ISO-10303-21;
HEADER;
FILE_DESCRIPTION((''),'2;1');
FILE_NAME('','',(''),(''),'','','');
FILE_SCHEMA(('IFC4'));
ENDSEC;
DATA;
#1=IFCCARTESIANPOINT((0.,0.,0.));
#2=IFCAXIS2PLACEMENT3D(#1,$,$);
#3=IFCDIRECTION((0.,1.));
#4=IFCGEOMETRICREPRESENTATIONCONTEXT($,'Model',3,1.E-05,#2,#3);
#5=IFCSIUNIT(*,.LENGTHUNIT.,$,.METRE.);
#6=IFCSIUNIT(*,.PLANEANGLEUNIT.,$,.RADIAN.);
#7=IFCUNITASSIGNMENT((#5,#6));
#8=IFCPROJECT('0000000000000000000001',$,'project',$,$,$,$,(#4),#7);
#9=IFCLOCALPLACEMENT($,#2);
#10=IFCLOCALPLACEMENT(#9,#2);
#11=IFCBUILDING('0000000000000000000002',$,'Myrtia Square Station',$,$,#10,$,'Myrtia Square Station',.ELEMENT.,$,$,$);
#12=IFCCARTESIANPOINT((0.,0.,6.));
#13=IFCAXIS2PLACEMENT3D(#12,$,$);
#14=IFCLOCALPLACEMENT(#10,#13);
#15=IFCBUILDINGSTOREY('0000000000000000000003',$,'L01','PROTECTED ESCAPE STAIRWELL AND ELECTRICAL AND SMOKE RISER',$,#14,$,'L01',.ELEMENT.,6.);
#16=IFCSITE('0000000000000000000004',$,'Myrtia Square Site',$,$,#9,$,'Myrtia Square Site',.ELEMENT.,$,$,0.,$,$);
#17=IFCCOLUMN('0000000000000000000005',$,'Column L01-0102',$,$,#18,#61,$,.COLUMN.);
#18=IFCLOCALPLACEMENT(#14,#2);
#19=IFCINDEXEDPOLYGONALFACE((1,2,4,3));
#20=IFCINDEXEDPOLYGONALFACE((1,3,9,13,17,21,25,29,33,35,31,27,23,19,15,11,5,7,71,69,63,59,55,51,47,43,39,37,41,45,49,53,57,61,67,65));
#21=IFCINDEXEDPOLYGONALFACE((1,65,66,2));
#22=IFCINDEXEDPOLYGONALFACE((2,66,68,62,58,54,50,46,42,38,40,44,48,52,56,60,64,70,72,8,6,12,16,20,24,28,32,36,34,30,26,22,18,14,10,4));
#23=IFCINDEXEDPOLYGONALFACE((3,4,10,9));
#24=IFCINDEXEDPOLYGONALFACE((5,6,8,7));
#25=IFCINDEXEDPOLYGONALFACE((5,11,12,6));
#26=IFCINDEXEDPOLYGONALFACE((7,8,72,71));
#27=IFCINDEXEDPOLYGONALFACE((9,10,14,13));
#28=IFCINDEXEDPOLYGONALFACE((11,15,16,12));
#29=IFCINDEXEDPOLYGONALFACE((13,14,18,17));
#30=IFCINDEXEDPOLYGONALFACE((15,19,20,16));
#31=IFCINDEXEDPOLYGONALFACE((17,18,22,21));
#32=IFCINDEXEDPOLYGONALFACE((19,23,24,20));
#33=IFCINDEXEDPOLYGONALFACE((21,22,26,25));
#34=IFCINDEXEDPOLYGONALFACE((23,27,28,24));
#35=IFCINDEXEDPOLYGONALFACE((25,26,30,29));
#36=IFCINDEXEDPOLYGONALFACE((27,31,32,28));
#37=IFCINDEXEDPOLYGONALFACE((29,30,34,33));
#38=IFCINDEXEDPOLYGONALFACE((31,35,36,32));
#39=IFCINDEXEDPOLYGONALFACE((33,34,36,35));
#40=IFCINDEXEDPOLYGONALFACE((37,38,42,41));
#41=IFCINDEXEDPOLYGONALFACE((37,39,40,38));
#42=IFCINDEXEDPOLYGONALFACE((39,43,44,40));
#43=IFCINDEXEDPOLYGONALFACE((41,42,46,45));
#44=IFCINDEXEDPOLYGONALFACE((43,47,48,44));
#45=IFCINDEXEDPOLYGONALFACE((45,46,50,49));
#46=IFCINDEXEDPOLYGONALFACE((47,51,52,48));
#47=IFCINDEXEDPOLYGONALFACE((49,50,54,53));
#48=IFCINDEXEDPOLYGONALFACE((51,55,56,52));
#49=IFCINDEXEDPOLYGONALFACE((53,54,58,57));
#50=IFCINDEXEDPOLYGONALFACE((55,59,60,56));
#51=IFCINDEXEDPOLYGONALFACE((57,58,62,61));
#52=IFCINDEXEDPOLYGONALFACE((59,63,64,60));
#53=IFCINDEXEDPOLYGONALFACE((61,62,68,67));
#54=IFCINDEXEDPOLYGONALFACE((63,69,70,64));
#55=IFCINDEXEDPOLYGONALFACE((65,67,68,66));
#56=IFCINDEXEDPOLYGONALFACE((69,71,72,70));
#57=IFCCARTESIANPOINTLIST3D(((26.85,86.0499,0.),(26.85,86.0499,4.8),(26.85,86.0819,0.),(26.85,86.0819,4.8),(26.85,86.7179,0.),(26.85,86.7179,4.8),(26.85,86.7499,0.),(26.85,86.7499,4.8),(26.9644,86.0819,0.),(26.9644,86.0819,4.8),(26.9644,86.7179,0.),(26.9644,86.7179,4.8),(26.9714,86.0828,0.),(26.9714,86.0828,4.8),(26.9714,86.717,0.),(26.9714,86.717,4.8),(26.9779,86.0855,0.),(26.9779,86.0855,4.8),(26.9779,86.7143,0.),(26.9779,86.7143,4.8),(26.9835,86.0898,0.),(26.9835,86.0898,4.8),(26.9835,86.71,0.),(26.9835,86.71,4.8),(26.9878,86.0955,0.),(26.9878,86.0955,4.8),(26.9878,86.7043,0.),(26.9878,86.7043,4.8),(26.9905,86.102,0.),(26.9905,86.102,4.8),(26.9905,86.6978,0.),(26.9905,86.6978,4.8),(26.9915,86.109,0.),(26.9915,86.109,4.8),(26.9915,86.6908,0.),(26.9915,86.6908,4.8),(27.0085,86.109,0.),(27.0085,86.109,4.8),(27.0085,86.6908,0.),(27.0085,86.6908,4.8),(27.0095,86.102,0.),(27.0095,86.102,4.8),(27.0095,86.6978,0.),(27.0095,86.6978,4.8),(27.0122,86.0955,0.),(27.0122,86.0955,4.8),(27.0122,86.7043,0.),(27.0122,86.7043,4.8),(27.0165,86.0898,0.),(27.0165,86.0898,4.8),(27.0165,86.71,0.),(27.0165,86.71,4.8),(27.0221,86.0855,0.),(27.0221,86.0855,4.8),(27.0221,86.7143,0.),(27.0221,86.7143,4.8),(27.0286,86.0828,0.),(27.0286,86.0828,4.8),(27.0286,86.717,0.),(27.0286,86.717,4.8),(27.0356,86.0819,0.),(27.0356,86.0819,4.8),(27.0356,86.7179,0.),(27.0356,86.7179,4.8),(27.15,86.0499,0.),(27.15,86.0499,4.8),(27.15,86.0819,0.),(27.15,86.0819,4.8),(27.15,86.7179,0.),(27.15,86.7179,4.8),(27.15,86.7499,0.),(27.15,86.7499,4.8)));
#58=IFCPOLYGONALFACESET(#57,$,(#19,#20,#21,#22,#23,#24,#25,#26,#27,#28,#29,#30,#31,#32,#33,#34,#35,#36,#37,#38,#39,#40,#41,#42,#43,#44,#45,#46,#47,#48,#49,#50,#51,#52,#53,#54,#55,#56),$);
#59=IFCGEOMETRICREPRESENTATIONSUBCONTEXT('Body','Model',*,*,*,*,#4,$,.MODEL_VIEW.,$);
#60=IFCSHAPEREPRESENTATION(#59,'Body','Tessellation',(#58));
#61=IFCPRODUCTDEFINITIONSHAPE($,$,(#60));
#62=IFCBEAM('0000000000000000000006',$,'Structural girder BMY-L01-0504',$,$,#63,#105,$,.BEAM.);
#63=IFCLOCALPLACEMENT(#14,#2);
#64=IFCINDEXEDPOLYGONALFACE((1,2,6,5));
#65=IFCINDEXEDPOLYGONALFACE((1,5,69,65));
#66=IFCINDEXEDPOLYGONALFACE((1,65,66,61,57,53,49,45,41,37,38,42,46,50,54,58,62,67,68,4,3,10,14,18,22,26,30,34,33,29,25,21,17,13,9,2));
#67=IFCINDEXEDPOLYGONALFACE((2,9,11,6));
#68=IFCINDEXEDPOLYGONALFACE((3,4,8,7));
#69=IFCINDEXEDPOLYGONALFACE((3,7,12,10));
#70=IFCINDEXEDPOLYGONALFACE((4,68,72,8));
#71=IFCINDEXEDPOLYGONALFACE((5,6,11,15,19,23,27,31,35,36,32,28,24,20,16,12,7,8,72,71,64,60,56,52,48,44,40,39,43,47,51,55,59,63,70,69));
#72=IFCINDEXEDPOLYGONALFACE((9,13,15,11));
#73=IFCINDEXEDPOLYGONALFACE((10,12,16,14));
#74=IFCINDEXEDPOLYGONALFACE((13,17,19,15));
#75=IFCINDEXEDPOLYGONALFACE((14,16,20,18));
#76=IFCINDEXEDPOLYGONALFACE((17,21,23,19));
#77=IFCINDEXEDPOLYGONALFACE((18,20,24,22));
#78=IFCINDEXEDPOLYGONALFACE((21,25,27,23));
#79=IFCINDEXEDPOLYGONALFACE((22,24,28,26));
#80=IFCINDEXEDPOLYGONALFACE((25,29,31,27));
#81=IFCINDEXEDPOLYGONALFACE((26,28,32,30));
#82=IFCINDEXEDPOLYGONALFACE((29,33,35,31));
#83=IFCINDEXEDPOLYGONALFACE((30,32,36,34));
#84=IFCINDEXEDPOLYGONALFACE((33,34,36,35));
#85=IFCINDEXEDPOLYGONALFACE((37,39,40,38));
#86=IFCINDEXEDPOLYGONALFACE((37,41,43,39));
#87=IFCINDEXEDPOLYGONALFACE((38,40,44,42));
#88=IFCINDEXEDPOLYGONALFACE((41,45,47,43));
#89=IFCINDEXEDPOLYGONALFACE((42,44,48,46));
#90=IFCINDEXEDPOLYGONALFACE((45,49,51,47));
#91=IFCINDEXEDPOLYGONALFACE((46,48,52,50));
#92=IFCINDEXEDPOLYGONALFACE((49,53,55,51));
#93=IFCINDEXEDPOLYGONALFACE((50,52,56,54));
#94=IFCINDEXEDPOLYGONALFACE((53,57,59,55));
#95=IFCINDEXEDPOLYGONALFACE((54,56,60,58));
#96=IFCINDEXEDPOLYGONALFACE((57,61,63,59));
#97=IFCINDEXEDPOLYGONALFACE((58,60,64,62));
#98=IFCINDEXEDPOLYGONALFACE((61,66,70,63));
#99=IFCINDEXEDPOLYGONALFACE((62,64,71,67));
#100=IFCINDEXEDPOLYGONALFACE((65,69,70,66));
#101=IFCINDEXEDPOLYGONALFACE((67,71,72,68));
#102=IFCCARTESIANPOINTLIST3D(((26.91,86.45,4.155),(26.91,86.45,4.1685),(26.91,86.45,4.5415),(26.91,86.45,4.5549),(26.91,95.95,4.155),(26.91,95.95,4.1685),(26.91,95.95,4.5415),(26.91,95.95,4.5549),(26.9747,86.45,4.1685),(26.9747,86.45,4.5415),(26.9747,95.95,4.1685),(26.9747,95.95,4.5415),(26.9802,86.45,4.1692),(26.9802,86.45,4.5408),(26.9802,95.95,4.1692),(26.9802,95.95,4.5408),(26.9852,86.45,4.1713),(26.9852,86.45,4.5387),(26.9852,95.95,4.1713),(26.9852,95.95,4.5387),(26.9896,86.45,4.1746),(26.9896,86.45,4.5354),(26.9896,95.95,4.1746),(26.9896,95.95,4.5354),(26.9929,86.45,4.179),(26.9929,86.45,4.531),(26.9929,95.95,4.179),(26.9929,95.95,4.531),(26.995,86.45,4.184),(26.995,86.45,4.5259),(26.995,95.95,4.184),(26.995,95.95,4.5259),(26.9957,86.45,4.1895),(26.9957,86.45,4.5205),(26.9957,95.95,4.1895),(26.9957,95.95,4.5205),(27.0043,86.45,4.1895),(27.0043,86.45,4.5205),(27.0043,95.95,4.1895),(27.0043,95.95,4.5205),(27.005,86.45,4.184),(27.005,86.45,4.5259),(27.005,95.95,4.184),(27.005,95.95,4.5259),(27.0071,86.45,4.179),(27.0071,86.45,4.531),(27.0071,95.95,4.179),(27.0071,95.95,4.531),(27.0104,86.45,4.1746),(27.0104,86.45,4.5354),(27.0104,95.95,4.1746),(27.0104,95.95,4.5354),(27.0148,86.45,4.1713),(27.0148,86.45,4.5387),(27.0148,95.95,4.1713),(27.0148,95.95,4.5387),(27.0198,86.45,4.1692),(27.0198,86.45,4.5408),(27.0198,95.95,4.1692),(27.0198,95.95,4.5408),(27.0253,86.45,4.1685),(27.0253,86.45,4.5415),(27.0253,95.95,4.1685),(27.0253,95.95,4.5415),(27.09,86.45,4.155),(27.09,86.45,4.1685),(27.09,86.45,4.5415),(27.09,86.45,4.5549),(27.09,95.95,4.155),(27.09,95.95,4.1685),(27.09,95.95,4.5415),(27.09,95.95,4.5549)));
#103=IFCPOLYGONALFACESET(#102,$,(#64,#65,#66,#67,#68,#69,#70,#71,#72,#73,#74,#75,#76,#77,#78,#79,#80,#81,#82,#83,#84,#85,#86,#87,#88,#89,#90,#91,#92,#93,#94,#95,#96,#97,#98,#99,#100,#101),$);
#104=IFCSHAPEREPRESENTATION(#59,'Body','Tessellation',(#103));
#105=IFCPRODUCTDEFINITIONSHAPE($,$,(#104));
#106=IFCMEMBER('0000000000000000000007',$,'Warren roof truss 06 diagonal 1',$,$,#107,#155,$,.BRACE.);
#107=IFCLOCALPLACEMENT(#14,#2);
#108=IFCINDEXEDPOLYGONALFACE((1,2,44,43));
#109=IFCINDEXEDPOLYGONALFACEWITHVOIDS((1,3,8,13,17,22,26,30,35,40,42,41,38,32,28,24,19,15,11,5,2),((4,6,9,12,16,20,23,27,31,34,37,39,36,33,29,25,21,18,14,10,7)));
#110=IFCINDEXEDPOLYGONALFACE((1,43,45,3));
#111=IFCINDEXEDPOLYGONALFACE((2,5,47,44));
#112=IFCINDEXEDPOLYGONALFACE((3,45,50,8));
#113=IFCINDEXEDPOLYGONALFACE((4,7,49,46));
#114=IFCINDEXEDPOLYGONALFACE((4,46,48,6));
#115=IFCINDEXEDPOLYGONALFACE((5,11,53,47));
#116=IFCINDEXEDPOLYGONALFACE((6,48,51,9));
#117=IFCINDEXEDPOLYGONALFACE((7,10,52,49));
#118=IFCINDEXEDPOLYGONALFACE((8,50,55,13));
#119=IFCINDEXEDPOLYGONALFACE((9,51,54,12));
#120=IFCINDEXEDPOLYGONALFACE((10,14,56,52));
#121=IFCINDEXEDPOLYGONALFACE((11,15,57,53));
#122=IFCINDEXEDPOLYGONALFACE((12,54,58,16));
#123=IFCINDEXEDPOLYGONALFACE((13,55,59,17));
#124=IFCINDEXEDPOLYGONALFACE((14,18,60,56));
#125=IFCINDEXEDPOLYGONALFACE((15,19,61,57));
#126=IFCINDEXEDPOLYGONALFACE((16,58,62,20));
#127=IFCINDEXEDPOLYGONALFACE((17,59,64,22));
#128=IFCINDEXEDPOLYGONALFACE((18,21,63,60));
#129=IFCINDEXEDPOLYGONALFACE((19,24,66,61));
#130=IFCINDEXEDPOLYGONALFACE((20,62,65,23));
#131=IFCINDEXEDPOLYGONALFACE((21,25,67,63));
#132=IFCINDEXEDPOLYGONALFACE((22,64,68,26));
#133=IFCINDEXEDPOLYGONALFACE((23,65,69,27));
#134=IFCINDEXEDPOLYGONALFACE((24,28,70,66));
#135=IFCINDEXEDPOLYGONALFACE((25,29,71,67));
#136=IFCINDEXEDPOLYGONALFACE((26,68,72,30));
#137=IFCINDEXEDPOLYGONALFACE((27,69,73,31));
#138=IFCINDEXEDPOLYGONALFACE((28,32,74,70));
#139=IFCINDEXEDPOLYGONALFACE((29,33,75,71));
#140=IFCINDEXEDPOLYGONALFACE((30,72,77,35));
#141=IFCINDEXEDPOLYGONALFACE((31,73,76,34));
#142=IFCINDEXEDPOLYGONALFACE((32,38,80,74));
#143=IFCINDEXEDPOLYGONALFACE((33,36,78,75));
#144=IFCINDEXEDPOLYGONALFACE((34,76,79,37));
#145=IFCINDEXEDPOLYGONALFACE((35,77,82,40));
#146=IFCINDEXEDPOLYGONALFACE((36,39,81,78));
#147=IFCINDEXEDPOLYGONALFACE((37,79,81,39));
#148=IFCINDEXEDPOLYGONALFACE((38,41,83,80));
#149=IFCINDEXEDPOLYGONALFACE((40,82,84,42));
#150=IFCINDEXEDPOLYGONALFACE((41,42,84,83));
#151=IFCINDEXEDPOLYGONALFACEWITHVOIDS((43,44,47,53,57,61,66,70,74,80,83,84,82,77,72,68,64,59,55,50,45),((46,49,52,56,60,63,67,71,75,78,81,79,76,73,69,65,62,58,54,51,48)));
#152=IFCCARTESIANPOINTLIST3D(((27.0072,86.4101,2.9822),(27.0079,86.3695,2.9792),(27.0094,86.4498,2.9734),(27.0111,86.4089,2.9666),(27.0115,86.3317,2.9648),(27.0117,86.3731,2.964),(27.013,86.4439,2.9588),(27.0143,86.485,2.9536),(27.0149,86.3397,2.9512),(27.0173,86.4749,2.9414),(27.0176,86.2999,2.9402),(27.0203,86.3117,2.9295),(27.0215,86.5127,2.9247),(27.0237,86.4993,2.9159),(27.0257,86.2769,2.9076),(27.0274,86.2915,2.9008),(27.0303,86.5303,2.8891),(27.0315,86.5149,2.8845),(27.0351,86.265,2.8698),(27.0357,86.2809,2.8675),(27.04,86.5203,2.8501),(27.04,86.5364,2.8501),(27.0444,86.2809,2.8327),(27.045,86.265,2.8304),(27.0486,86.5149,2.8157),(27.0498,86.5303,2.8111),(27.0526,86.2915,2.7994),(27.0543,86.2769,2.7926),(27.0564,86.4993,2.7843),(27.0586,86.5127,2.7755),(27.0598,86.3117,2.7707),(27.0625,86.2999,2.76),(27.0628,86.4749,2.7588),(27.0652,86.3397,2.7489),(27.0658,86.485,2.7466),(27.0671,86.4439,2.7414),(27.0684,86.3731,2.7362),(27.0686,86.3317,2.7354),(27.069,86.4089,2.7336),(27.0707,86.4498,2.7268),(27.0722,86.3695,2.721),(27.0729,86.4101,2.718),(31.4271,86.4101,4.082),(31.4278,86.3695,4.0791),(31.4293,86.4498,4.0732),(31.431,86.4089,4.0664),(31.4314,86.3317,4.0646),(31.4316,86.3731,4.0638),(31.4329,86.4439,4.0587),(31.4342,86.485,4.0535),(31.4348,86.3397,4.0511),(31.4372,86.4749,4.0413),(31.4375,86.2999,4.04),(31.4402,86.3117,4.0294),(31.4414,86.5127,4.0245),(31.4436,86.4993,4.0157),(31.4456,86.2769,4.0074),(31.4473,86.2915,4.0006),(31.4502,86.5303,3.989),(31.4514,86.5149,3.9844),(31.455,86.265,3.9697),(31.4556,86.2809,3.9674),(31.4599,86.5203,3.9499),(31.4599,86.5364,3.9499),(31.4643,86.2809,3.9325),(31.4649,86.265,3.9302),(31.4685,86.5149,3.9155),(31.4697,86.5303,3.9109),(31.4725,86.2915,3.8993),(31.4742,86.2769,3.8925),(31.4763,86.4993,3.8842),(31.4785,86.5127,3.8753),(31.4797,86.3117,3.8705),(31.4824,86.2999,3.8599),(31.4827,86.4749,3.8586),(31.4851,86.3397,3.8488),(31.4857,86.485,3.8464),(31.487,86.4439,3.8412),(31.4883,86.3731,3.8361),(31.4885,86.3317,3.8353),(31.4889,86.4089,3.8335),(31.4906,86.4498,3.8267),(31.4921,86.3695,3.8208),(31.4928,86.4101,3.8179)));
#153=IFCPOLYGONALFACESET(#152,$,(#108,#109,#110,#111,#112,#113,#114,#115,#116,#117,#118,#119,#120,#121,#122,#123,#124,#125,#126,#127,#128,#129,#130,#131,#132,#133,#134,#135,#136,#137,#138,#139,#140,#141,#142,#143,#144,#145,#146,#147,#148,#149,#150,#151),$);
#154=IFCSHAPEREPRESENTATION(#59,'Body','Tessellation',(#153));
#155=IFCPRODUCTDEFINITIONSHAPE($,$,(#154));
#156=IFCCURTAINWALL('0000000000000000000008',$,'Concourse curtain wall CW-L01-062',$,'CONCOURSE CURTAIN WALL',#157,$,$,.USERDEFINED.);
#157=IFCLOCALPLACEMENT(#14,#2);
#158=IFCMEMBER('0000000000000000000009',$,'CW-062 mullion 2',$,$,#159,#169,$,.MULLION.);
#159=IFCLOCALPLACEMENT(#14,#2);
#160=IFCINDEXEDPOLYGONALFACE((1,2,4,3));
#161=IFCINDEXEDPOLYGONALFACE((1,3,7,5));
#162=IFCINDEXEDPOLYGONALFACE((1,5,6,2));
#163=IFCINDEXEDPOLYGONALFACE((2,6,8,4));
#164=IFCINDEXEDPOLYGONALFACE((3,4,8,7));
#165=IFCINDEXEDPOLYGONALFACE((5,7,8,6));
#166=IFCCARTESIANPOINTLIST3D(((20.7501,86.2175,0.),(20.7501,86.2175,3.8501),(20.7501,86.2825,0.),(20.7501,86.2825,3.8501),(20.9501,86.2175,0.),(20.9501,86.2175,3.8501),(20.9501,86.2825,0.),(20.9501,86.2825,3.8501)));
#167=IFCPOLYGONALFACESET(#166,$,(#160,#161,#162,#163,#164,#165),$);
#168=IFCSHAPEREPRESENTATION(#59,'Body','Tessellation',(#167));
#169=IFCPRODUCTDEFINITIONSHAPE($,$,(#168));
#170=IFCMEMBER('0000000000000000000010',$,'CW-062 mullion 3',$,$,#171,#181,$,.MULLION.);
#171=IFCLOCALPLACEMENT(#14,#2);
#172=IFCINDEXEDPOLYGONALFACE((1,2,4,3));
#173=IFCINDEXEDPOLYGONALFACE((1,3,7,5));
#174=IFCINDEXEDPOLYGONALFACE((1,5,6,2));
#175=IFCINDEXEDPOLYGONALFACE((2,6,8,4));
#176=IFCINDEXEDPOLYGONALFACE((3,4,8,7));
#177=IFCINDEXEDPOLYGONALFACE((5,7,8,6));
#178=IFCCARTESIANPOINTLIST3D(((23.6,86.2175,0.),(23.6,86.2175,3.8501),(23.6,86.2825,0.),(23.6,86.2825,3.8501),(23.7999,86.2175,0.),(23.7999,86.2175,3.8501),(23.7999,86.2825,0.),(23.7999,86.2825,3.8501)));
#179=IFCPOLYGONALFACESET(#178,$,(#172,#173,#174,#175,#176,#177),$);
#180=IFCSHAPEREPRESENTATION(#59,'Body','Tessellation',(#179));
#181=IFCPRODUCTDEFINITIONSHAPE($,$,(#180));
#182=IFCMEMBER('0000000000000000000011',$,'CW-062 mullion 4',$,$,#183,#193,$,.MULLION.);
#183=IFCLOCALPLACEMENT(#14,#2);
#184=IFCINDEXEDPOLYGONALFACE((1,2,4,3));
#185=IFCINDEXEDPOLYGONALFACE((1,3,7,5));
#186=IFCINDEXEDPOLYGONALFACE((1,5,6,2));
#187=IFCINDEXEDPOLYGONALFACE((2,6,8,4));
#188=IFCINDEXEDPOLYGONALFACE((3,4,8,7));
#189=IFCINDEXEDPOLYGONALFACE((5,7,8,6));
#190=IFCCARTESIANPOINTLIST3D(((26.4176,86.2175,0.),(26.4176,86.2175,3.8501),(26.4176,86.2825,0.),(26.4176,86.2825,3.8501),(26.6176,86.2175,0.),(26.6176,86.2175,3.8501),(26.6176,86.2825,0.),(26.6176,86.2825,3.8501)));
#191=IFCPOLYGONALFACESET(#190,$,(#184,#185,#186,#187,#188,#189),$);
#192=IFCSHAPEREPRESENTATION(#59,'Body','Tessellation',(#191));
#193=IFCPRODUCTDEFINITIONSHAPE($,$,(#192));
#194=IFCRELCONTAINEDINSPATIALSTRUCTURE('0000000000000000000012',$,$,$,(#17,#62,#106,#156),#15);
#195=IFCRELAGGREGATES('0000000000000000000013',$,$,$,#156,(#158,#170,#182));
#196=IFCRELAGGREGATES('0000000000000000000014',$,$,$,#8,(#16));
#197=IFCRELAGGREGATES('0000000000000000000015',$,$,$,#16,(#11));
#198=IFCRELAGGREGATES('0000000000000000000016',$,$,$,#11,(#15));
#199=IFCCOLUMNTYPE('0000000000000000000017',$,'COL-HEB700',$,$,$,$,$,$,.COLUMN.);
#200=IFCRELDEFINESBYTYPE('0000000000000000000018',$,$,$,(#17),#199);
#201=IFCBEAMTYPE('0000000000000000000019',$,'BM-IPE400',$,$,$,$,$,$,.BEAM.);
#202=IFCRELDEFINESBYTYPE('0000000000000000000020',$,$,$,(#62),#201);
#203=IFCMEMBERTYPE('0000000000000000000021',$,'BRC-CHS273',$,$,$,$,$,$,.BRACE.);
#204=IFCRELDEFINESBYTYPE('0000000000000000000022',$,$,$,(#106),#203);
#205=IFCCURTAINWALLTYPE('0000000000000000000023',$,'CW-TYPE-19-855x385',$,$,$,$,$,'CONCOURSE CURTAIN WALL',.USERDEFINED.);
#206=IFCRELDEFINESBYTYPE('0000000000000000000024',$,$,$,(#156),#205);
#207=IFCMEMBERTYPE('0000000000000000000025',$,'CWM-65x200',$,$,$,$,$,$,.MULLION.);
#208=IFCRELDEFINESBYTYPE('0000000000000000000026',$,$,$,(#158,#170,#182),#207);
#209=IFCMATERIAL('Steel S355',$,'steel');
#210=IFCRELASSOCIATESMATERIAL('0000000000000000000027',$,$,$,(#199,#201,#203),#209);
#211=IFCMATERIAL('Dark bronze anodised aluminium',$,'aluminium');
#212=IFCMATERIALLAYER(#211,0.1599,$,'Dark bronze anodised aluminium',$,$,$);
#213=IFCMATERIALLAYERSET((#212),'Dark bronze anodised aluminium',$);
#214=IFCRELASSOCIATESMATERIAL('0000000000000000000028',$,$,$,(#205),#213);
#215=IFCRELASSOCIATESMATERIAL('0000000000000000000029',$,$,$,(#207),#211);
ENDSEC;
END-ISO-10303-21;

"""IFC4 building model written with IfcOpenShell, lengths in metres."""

from ifc_helpers import new_model, si_unit, direction, frame, origin, origin_2d, place, context, subcontext, project, spatial, rectangle, hollow_circle, i_section, extrude, material, layer, layer_set, material_profile, profile_set, type_object, element, aggregate, save


model = new_model("IFC4")

# Units and contexts
model_context = context("Model", 3, precision=1e-05, world=origin(), true_north=direction((0.0, 1.0)))
body_context = subcontext(model_context, "Body", "Model", "MODEL_VIEW")
ifc_project = project(units=[si_unit("LENGTHUNIT", "METRE"), si_unit("PLANEANGLEUNIT", "RADIAN")], contexts=[model_context])

# Site, building, storey
site_placement = place(None, origin())
site = spatial("IfcSite", under=ifc_project, at=site_placement, Name="Myrtia Square Site", LongName="Myrtia Square Site", CompositionType="ELEMENT", RefElevation=0.0)
building_placement = place(site_placement, origin())
building = spatial("IfcBuilding", under=site, at=building_placement, Name="Myrtia Square Station", LongName="Myrtia Square Station", CompositionType="ELEMENT")
storey_placement = place(building_placement, frame((0.0, 0.0, 6.0)))
storey = spatial("IfcBuildingStorey", under=building, at=storey_placement, Name="L01", Description="PROTECTED ESCAPE STAIRWELL AND ELECTRICAL AND SMOKE RISER", LongName="L01", CompositionType="ELEMENT", Elevation=6.0)

# Column
ifc_material_1 = material(Name="Steel S355", Category="steel")
ifc_material_profile_1 = material_profile(ifc_material_1, i_section(OverallWidth=0.3, OverallDepth=0.7, WebThickness=0.0171, FlangeThickness=0.032, FilletRadius=0.0271, at=origin_2d()), Name="HEB 700")
ifc_profile_set_1 = profile_set([ifc_material_profile_1], Name="Steel S355")
column_type = type_object("IfcColumnType", Name="COL-HEB700", PredefinedType="COLUMN", material=ifc_profile_set_1)
column_placement = place(storey_placement, frame((27.0, 86.3999, 0.0), z_axis=(0.0, 0.0, 1.0), x_axis=(1.0, 0.0, 0.0)))
element("IfcColumn", 1, at=column_placement, inside=storey, type_object=column_type, Name="Column L01-0102", PredefinedType="COLUMN", context=body_context, shape_type="SweptSolid", body=[
    extrude(i_section(OverallWidth=0.3, OverallDepth=0.7, WebThickness=0.0171, FlangeThickness=0.032, FilletRadius=0.0271, at=origin_2d()), origin(), (0.0, 0.0, 1.0), 4.8),
])

# Beam
ifc_material_profile_2 = material_profile(ifc_material_1, i_section(OverallWidth=0.1799, OverallDepth=0.3999, WebThickness=0.0085, FlangeThickness=0.0134, FilletRadius=0.021, at=origin_2d()), Name="IPE 400")
ifc_profile_set_2 = profile_set([ifc_material_profile_2], Name="Steel S355")
beam_type_1 = type_object("IfcBeamType", Name="BM-IPE400", PredefinedType="BEAM", material=ifc_profile_set_2)
beam_1_placement = place(storey_placement, frame((27.0, 86.45, 4.355), z_axis=(0.0, 1.0, 0.0), x_axis=(-1.0, 0.0, 0.0)))
element("IfcBeam", 2, at=beam_1_placement, inside=storey, type_object=beam_type_1, Name="Structural girder BMY-L01-0504", PredefinedType="BEAM", context=body_context, shape_type="SweptSolid", body=[
    extrude(i_section(OverallWidth=0.1799, OverallDepth=0.3999, WebThickness=0.0085, FlangeThickness=0.0134, FilletRadius=0.021, at=origin_2d()), origin(), (0.0, 0.0, 1.0), 9.5),
])

# Member
ifc_material_profile_3 = material_profile(ifc_material_1, hollow_circle(Radius=0.1365, WallThickness=0.0161, at=origin_2d()), Name="CHS 273x16")
ifc_profile_set_3 = profile_set([ifc_material_profile_3], Name="Steel S355")
member_type_1 = type_object("IfcMemberType", Name="BRC-CHS273", PredefinedType="BRACE", material=ifc_profile_set_3)
member_1_placement = place(storey_placement, frame((27.04, 86.3999, 2.8501), z_axis=(0.970407, 0.0, 0.241476), x_axis=(0.0, 1.0, 0.0)))
element("IfcMember", 3, at=member_1_placement, inside=storey, type_object=member_type_1, Name="Warren roof truss 06 diagonal 1", PredefinedType="BRACE", context=body_context, shape_type="SweptSolid", body=[
    extrude(hollow_circle(Radius=0.1365, WallThickness=0.0161, at=origin_2d()), origin(), (0.0, 0.0, 1.0), 4.5547),
])

# Curtain wall, members
ifc_material_2 = material(Name="Dark bronze anodised aluminium", Category="aluminium")
ifc_layer_1 = layer(ifc_material_2, 0.1599, Name="Dark bronze anodised aluminium")
ifc_layer_set_1 = layer_set([ifc_layer_1], Name="Dark bronze anodised aluminium")
curtain_wall_type = type_object("IfcCurtainWallType", Name="CW-TYPE-19-855x385", ElementType="CONCOURSE CURTAIN WALL", PredefinedType="USERDEFINED", material=ifc_layer_set_1)
curtain_wall_placement = place(storey_placement, origin())
curtain_wall = element("IfcCurtainWall", 4, at=curtain_wall_placement, inside=storey, type_object=curtain_wall_type, Name="Concourse curtain wall CW-L01-062", ObjectType="CONCOURSE CURTAIN WALL", PredefinedType="USERDEFINED")
ifc_material_profile_4 = material_profile(ifc_material_2, rectangle(XDim=0.0649, YDim=0.2, at=origin_2d()), Name="ALU-M 65x200")
ifc_profile_set_4 = profile_set([ifc_material_profile_4], Name="Dark bronze anodised aluminium")
member_type_2 = type_object("IfcMemberType", Name="CWM-65x200", PredefinedType="MULLION", material=ifc_profile_set_4)
member_2_placement = place(storey_placement, frame((20.8501, 86.25, 0.0), z_axis=(0.0, 0.0, 1.0), x_axis=(0.0, 1.0, 0.0)))
member_2 = element("IfcMember", 5, at=member_2_placement, type_object=member_type_2, Name="CW-062 mullion 2", PredefinedType="MULLION", context=body_context, shape_type="SweptSolid", body=[
    extrude(rectangle(XDim=0.0649, YDim=0.2, at=origin_2d()), origin(), (0.0, 0.0, 1.0), 3.8501),
])
member_3_placement = place(storey_placement, frame((23.7, 86.25, 0.0), z_axis=(0.0, 0.0, 1.0), x_axis=(0.0, 1.0, 0.0)))
member_3 = element("IfcMember", 6, at=member_3_placement, type_object=member_type_2, Name="CW-062 mullion 3", PredefinedType="MULLION", context=body_context, shape_type="SweptSolid", body=[
    extrude(rectangle(XDim=0.0649, YDim=0.2, at=origin_2d()), origin(), (0.0, 0.0, 1.0), 3.8501),
])
member_4_placement = place(storey_placement, frame((26.5176, 86.25, 0.0), z_axis=(0.0, 0.0, 1.0), x_axis=(0.0, 1.0, 0.0)))
member_4 = element("IfcMember", 7, at=member_4_placement, type_object=member_type_2, Name="CW-062 mullion 4", PredefinedType="MULLION", context=body_context, shape_type="SweptSolid", body=[
    extrude(rectangle(XDim=0.0649, YDim=0.2, at=origin_2d()), origin(), (0.0, 0.0, 1.0), 3.8501),
])

aggregate(curtain_wall, [member_2, member_3, member_4])

save(model, "model.ifc")
